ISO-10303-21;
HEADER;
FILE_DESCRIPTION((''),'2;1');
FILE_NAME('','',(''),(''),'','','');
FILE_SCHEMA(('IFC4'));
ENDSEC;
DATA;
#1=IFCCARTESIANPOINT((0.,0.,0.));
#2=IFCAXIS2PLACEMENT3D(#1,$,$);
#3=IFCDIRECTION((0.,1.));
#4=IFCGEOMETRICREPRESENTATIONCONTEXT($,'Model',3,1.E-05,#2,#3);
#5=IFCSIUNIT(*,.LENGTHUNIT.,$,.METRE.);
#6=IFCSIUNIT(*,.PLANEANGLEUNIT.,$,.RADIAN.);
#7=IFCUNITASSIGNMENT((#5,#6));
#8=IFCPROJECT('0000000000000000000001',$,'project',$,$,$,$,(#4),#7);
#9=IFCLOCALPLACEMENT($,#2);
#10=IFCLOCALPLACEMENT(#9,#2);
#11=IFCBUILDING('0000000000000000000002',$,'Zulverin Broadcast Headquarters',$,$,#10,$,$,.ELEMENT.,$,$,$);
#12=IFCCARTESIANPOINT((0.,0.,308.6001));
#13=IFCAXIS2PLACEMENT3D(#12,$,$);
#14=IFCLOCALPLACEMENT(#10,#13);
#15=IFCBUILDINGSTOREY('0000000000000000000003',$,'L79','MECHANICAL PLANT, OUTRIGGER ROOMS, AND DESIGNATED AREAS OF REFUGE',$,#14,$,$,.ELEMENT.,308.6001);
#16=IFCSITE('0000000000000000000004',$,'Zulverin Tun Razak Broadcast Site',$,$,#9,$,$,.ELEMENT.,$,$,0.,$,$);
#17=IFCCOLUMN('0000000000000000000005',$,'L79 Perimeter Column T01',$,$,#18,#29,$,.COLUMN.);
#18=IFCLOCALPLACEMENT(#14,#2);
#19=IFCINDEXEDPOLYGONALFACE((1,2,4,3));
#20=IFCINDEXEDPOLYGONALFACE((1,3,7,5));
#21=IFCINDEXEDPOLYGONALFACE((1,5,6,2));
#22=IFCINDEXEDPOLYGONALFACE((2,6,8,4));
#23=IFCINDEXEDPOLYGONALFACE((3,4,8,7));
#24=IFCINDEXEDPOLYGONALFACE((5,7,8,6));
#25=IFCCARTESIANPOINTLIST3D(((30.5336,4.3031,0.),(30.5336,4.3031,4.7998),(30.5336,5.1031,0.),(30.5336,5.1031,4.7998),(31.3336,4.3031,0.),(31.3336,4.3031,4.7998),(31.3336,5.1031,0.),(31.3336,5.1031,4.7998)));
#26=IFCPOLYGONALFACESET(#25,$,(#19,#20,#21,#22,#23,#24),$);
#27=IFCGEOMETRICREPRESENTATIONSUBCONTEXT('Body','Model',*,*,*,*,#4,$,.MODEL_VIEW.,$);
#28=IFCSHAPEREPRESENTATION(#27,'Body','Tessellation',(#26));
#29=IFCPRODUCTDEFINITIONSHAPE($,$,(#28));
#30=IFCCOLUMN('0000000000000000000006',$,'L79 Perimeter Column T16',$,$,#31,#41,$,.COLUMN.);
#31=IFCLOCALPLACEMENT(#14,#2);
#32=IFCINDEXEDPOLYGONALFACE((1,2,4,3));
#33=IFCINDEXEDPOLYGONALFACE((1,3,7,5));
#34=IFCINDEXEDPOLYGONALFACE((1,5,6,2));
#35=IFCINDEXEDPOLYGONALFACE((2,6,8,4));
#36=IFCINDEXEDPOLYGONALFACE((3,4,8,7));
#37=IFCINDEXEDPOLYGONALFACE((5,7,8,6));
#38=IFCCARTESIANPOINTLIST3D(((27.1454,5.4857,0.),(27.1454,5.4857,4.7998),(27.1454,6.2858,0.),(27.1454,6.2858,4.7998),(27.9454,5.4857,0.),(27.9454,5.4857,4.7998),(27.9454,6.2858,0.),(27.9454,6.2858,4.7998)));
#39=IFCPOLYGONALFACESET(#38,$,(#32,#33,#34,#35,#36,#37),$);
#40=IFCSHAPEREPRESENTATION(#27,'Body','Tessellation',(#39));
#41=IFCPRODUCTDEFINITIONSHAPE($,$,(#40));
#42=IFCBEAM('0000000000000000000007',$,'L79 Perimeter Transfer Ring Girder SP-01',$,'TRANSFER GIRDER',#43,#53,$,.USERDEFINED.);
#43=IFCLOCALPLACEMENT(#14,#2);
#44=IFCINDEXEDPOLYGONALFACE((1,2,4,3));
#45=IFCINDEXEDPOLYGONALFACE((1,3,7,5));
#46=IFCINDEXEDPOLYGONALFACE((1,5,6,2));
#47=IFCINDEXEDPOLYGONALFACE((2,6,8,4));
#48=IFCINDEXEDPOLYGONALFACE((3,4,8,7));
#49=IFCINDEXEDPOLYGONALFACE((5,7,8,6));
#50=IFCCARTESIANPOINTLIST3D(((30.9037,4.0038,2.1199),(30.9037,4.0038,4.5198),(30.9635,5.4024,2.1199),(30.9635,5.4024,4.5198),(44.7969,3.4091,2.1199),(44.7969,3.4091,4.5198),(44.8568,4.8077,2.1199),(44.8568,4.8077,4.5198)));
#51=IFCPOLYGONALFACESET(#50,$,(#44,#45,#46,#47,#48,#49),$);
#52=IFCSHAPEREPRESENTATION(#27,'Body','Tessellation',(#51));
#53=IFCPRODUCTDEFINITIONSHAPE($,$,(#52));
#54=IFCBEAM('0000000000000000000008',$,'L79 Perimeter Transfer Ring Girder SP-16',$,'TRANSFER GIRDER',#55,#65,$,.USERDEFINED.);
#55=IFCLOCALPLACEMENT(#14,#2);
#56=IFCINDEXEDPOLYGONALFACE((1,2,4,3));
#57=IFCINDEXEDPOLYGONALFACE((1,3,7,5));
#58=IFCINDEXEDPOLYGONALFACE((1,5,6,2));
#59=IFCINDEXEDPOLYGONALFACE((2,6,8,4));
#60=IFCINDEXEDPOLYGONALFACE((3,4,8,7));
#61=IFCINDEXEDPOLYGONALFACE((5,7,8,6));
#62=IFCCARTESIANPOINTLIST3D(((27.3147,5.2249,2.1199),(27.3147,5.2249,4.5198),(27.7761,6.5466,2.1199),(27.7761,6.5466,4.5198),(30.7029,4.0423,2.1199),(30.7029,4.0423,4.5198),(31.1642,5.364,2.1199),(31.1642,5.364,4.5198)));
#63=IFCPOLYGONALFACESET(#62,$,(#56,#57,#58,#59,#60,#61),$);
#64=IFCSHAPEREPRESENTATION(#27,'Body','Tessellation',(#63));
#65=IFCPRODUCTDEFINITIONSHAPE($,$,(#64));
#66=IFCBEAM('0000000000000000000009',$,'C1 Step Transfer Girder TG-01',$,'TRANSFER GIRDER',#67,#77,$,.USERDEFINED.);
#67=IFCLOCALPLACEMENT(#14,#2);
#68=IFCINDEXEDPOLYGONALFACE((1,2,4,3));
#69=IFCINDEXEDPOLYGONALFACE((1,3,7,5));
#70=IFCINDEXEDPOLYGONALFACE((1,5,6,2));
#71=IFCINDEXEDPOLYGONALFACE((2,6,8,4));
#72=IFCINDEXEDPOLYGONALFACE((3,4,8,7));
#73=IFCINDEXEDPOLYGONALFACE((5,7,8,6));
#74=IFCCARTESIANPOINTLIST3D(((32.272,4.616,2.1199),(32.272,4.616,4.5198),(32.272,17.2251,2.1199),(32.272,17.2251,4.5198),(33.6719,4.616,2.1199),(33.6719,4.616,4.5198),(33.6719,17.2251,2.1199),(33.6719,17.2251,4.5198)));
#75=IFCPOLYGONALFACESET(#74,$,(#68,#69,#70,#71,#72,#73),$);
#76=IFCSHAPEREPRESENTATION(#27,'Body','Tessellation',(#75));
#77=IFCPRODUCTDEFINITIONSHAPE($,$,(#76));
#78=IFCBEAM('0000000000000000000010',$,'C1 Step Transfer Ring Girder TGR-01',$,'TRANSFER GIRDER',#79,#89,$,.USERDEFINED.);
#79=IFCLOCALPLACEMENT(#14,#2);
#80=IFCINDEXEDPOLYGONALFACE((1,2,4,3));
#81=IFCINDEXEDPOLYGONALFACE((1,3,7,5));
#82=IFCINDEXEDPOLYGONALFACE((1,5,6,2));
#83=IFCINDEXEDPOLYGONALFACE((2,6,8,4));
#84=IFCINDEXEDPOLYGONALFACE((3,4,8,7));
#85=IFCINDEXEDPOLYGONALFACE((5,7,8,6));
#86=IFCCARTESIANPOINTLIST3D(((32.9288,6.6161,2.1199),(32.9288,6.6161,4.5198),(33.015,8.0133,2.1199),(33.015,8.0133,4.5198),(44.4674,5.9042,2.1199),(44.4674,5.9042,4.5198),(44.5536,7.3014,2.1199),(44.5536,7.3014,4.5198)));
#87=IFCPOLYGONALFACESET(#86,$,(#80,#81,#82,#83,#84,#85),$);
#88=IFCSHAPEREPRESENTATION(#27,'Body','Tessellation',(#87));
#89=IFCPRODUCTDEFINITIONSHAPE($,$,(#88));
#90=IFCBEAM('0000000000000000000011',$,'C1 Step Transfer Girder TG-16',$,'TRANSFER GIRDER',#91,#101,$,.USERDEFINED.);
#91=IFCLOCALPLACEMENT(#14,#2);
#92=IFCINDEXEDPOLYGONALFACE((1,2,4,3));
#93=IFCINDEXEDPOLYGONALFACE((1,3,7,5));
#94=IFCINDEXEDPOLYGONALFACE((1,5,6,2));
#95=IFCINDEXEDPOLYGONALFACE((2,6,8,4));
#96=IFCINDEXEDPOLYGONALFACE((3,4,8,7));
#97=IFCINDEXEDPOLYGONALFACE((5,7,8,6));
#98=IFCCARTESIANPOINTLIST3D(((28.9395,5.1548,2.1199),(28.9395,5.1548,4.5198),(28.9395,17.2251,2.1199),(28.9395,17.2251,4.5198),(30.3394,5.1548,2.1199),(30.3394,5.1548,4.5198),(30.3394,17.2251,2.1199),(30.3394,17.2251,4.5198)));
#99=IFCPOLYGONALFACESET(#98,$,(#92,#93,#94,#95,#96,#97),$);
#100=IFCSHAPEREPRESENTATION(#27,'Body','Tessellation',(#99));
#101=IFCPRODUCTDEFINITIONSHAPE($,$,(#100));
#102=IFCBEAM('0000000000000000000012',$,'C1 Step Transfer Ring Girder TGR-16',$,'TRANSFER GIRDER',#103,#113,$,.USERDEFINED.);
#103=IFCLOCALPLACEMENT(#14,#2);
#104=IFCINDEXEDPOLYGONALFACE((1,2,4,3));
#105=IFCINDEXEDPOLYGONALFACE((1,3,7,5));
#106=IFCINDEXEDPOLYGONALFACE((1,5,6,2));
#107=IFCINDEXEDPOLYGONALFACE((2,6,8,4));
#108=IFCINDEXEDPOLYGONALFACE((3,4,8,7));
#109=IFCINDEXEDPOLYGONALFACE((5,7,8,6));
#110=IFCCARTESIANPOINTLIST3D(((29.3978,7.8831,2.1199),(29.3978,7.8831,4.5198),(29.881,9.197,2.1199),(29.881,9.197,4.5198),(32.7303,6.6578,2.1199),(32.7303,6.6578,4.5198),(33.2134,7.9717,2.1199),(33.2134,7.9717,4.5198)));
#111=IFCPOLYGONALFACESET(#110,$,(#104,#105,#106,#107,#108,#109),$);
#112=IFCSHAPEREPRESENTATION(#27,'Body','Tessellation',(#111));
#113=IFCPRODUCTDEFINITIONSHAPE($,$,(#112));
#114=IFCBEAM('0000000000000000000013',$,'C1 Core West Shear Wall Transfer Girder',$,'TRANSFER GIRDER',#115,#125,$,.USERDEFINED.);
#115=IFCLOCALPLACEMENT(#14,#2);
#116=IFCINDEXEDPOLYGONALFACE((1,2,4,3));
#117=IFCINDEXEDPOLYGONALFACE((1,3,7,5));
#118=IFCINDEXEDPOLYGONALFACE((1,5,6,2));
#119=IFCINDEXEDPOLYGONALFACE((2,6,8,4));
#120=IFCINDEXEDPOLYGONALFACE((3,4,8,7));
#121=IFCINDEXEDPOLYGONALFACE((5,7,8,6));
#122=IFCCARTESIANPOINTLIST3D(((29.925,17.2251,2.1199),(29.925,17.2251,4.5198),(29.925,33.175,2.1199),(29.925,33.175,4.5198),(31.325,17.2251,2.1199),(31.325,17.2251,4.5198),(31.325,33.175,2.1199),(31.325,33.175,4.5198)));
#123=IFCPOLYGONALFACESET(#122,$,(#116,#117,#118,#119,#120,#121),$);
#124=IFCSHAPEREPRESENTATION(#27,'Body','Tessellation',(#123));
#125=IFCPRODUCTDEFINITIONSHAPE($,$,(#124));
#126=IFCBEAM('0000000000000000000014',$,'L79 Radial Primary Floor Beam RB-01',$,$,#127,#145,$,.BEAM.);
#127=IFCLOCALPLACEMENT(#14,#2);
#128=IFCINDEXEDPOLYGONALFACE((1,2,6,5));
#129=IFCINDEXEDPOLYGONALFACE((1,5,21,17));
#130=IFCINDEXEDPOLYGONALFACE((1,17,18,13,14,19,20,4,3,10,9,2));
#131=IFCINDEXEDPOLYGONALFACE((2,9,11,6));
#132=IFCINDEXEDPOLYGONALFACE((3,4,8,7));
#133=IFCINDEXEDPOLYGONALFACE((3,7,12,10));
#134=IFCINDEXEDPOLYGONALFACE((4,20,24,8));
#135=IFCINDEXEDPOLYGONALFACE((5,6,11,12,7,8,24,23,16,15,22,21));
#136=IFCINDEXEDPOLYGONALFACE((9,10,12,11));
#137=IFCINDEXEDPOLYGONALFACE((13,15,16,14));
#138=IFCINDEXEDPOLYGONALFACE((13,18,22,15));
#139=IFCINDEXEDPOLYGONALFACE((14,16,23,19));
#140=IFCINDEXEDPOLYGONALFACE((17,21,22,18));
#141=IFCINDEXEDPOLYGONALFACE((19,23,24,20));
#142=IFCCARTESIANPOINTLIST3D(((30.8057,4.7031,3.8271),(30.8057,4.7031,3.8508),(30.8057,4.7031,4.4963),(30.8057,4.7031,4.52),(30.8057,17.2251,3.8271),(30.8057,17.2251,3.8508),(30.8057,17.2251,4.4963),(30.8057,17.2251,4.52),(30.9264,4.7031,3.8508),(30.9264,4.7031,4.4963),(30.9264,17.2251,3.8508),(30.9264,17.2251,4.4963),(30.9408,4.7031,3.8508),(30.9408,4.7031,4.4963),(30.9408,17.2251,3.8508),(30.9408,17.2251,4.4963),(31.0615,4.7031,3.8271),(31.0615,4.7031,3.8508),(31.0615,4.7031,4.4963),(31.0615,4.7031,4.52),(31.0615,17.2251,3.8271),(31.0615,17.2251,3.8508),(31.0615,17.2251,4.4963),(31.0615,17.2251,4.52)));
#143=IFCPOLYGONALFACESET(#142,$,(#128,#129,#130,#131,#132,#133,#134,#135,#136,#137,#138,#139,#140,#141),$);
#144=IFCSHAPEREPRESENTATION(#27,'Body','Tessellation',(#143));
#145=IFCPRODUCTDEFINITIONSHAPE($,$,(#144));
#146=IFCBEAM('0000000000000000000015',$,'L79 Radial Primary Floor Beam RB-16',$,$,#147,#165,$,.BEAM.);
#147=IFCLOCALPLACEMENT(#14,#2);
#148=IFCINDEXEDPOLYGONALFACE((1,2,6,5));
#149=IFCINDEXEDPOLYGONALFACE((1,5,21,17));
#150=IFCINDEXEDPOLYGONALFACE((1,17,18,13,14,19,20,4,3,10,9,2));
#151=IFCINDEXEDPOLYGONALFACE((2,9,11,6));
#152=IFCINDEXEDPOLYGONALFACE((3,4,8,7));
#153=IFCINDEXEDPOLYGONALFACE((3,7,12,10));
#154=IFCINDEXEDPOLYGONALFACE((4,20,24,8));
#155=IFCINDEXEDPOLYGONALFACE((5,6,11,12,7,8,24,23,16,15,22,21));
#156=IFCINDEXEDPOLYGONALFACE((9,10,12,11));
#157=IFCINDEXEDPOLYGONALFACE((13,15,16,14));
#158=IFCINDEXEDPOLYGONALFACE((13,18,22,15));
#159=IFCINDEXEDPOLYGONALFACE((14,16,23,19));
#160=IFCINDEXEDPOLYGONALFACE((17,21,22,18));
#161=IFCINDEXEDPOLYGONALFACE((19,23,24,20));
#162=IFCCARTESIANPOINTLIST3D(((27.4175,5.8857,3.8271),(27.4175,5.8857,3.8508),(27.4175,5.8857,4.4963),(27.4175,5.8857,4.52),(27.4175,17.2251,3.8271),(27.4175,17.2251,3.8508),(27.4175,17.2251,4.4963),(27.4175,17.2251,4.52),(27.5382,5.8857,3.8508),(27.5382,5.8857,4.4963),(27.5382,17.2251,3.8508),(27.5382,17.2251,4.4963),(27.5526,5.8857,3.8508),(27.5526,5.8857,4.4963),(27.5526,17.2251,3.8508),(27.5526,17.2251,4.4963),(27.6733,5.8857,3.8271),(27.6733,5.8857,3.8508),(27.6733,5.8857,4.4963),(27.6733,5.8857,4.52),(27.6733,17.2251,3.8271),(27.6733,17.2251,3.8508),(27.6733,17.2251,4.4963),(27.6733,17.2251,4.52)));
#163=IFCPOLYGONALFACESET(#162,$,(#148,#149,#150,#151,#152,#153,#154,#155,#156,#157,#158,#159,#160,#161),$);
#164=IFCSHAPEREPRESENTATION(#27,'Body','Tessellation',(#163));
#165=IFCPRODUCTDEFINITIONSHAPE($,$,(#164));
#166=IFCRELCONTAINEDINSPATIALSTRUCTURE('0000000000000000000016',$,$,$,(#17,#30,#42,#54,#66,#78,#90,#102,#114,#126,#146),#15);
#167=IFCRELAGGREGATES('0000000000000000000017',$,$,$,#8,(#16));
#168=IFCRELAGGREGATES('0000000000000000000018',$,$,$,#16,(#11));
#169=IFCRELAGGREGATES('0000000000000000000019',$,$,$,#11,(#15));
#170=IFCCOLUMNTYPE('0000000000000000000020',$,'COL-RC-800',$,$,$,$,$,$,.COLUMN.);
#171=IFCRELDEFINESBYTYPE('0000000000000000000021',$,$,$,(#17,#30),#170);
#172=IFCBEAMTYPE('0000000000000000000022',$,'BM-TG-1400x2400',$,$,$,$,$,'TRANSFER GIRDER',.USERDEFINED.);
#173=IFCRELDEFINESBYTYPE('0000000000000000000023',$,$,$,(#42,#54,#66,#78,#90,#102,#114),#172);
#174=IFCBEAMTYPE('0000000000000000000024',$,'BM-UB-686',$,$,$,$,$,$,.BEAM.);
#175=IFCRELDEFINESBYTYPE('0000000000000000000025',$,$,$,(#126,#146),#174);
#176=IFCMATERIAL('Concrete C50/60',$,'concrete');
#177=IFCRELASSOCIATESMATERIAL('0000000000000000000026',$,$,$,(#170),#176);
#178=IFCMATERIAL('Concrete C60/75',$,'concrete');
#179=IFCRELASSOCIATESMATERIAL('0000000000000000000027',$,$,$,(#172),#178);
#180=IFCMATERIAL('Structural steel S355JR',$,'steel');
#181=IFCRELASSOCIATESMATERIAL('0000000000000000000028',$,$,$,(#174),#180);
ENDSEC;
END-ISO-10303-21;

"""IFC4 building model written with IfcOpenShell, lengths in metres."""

from ifc_helpers import new_model, si_unit, direction, frame, origin, origin_2d, place, context, subcontext, project, spatial, rectangle, i_section, extrude, material, material_profile, profile_set, type_object, element, save


model = new_model("IFC4")

# Units and contexts
model_context = context("Model", 3, precision=1e-05, world=origin(), true_north=direction((0.0, 1.0)))
body_context = subcontext(model_context, "Body", "Model", "MODEL_VIEW")
ifc_project = project(units=[si_unit("LENGTHUNIT", "METRE"), si_unit("PLANEANGLEUNIT", "RADIAN")], contexts=[model_context])

# Site, building, storey
site_placement = place(None, origin())
site = spatial("IfcSite", under=ifc_project, at=site_placement, Name="Zulverin Tun Razak Broadcast Site", CompositionType="ELEMENT", RefElevation=0.0)
building_placement = place(site_placement, origin())
building = spatial("IfcBuilding", under=site, at=building_placement, Name="Zulverin Broadcast Headquarters", CompositionType="ELEMENT")
storey_placement = place(building_placement, frame((0.0, 0.0, 308.6001)))
storey = spatial("IfcBuildingStorey", under=building, at=storey_placement, Name="L79", Description="MECHANICAL PLANT, OUTRIGGER ROOMS, AND DESIGNATED AREAS OF REFUGE", CompositionType="ELEMENT", Elevation=308.6001)

# Columns
ifc_material_1 = material(Name="Concrete C50/60", Category="concrete")
ifc_material_profile_1 = material_profile(ifc_material_1, rectangle(XDim=0.8, YDim=0.8, at=origin_2d()), Name="Concrete C50/60", Category="concrete")
ifc_profile_set_1 = profile_set([ifc_material_profile_1], Name="Concrete C50/60")
column_type = type_object("IfcColumnType", Name="COL-RC-800", PredefinedType="COLUMN", material=ifc_profile_set_1)
for number, where, z_axis, x_axis, name in (
    (1, (30.9336, 4.7031, 0.0), (0.0, 0.0, 1.0), (1.0, 0.0, 0.0), "L79 Perimeter Column T01"),
    (2, (27.5454, 5.8857, 0.0), (0.0, 0.0, 1.0), (1.0, 0.0, 0.0), "L79 Perimeter Column T16"),
):
    element("IfcColumn", number, at=place(storey_placement, frame(where, z_axis=z_axis, x_axis=x_axis)), inside=storey, type_object=column_type, Name=name, PredefinedType="COLUMN", context=body_context, shape_type="SweptSolid", body=[
        extrude(rectangle(XDim=0.8, YDim=0.8, at=origin_2d()), origin(), (0.0, 0.0, 1.0), 4.7998),
    ])

# Beams
ifc_material_2 = material(Name="Concrete C60/75", Category="concrete")
ifc_material_profile_2 = material_profile(ifc_material_2, rectangle(XDim=1.3999, YDim=2.3999, at=origin_2d()), Name="Concrete C60/75", Category="concrete")
ifc_profile_set_2 = profile_set([ifc_material_profile_2], Name="Concrete C60/75")
beam_type_1 = type_object("IfcBeamType", Name="BM-TG-1400x2400", ElementType="TRANSFER GIRDER", PredefinedType="USERDEFINED", material=ifc_profile_set_2)
beam_1_placement = place(storey_placement, frame((30.9336, 4.7031, 3.3198), z_axis=(0.999085, -0.042768, 0.0), x_axis=(0.042768, 0.999085, 0.0)))
element("IfcBeam", 3, at=beam_1_placement, inside=storey, type_object=beam_type_1, Name="L79 Perimeter Transfer Ring Girder SP-01", ObjectType="TRANSFER GIRDER", PredefinedType="USERDEFINED", context=body_context, shape_type="SweptSolid", body=[
    extrude(rectangle(XDim=1.3999, YDim=2.3999, at=origin_2d()), origin(), (0.0, 0.0, 1.0), 13.906),
])
beam_2_placement = place(storey_placement, frame((27.5454, 5.8857, 3.3198), z_axis=(0.94414, -0.329544, 0.0), x_axis=(0.329544, 0.94414, 0.0)))
element("IfcBeam", 4, at=beam_2_placement, inside=storey, type_object=beam_type_1, Name="L79 Perimeter Transfer Ring Girder SP-16", ObjectType="TRANSFER GIRDER", PredefinedType="USERDEFINED", context=body_context, shape_type="SweptSolid", body=[
    extrude(rectangle(XDim=1.3999, YDim=2.3999, at=origin_2d()), origin(), (0.0, 0.0, 1.0), 3.5886),
])
beam_3_placement = place(storey_placement, frame((32.9719, 17.2251, 3.3198), z_axis=(0.0, -1.0, 0.0), x_axis=(1.0, 0.0, 0.0)))
element("IfcBeam", 5, at=beam_3_placement, inside=storey, type_object=beam_type_1, Name="C1 Step Transfer Girder TG-01", ObjectType="TRANSFER GIRDER", PredefinedType="USERDEFINED", context=body_context, shape_type="SweptSolid", body=[
    extrude(rectangle(XDim=1.3999, YDim=2.3999, at=origin_2d()), origin(), (0.0, 0.0, 1.0), 12.6091),
])
beam_4_placement = place(storey_placement, frame((32.9719, 7.3147, 3.3198), z_axis=(0.998102, -0.061582, 0.0), x_axis=(0.061582, 0.998102, 0.0)))
element("IfcBeam", 6, at=beam_4_placement, inside=storey, type_object=beam_type_1, Name="C1 Step Transfer Ring Girder TGR-01", ObjectType="TRANSFER GIRDER", PredefinedType="USERDEFINED", context=body_context, shape_type="SweptSolid", body=[
    extrude(rectangle(XDim=1.3999, YDim=2.3999, at=origin_2d()), origin(), (0.0, 0.0, 1.0), 11.5605),
])
beam_5_placement = place(storey_placement, frame((29.6394, 17.2251, 3.3198), z_axis=(0.0, -1.0, 0.0), x_axis=(1.0, 0.0, 0.0)))
element("IfcBeam", 7, at=beam_5_placement, inside=storey, type_object=beam_type_1, Name="C1 Step Transfer Girder TG-16", ObjectType="TRANSFER GIRDER", PredefinedType="USERDEFINED", context=body_context, shape_type="SweptSolid", body=[
    extrude(rectangle(XDim=1.3999, YDim=2.3999, at=origin_2d()), origin(), (0.0, 0.0, 1.0), 12.0703),
])
beam_6_placement = place(storey_placement, frame((29.6394, 8.54, 3.3198), z_axis=(0.938565, -0.345103, 0.0), x_axis=(0.345103, 0.938565, 0.0)))
element("IfcBeam", 8, at=beam_6_placement, inside=storey, type_object=beam_type_1, Name="C1 Step Transfer Ring Girder TGR-16", ObjectType="TRANSFER GIRDER", PredefinedType="USERDEFINED", context=body_context, shape_type="SweptSolid", body=[
    extrude(rectangle(XDim=1.3999, YDim=2.3999, at=origin_2d()), origin(), (0.0, 0.0, 1.0), 3.5505),
])
beam_7_placement = place(storey_placement, frame((30.625, 17.2251, 3.3198), z_axis=(0.0, 1.0, 0.0), x_axis=(-1.0, 0.0, 0.0)))
element("IfcBeam", 9, at=beam_7_placement, inside=storey, type_object=beam_type_1, Name="C1 Core West Shear Wall Transfer Girder", ObjectType="TRANSFER GIRDER", PredefinedType="USERDEFINED", context=body_context, shape_type="SweptSolid", body=[
    extrude(rectangle(XDim=1.3999, YDim=2.3999, at=origin_2d()), origin(), (0.0, 0.0, 1.0), 15.95),
])
ifc_material_3 = material(Name="Structural steel S355JR", Category="steel")
ifc_material_profile_3 = material_profile(ifc_material_3, i_section(OverallWidth=0.2559, OverallDepth=0.6929, WebThickness=0.0144, FlangeThickness=0.0237, at=origin_2d()), Name="Structural steel S355JR", Category="steel")
ifc_profile_set_3 = profile_set([ifc_material_profile_3], Name="Structural steel S355JR")
beam_type_2 = type_object("IfcBeamType", Name="BM-UB-686", PredefinedType="BEAM", material=ifc_profile_set_3)
beam_8_placement = place(storey_placement, frame((30.9336, 17.2251, 4.1736), z_axis=(0.0, -1.0, 0.0), x_axis=(1.0, 0.0, 0.0)))
element("IfcBeam", 10, at=beam_8_placement, inside=storey, type_object=beam_type_2, Name="L79 Radial Primary Floor Beam RB-01", PredefinedType="BEAM", context=body_context, shape_type="SweptSolid", body=[
    extrude(i_section(OverallWidth=0.2559, OverallDepth=0.6929, WebThickness=0.0144, FlangeThickness=0.0237, at=origin_2d()), origin(), (0.0, 0.0, 1.0), 12.522),
])
beam_9_placement = place(storey_placement, frame((27.5454, 17.2251, 4.1736), z_axis=(0.0, -1.0, 0.0), x_axis=(1.0, 0.0, 0.0)))
element("IfcBeam", 11, at=beam_9_placement, inside=storey, type_object=beam_type_2, Name="L79 Radial Primary Floor Beam RB-16", PredefinedType="BEAM", context=body_context, shape_type="SweptSolid", body=[
    extrude(i_section(OverallWidth=0.2559, OverallDepth=0.6929, WebThickness=0.0144, FlangeThickness=0.0237, at=origin_2d()), origin(), (0.0, 0.0, 1.0), 11.3394),
])

save(model, "model.ifc")
